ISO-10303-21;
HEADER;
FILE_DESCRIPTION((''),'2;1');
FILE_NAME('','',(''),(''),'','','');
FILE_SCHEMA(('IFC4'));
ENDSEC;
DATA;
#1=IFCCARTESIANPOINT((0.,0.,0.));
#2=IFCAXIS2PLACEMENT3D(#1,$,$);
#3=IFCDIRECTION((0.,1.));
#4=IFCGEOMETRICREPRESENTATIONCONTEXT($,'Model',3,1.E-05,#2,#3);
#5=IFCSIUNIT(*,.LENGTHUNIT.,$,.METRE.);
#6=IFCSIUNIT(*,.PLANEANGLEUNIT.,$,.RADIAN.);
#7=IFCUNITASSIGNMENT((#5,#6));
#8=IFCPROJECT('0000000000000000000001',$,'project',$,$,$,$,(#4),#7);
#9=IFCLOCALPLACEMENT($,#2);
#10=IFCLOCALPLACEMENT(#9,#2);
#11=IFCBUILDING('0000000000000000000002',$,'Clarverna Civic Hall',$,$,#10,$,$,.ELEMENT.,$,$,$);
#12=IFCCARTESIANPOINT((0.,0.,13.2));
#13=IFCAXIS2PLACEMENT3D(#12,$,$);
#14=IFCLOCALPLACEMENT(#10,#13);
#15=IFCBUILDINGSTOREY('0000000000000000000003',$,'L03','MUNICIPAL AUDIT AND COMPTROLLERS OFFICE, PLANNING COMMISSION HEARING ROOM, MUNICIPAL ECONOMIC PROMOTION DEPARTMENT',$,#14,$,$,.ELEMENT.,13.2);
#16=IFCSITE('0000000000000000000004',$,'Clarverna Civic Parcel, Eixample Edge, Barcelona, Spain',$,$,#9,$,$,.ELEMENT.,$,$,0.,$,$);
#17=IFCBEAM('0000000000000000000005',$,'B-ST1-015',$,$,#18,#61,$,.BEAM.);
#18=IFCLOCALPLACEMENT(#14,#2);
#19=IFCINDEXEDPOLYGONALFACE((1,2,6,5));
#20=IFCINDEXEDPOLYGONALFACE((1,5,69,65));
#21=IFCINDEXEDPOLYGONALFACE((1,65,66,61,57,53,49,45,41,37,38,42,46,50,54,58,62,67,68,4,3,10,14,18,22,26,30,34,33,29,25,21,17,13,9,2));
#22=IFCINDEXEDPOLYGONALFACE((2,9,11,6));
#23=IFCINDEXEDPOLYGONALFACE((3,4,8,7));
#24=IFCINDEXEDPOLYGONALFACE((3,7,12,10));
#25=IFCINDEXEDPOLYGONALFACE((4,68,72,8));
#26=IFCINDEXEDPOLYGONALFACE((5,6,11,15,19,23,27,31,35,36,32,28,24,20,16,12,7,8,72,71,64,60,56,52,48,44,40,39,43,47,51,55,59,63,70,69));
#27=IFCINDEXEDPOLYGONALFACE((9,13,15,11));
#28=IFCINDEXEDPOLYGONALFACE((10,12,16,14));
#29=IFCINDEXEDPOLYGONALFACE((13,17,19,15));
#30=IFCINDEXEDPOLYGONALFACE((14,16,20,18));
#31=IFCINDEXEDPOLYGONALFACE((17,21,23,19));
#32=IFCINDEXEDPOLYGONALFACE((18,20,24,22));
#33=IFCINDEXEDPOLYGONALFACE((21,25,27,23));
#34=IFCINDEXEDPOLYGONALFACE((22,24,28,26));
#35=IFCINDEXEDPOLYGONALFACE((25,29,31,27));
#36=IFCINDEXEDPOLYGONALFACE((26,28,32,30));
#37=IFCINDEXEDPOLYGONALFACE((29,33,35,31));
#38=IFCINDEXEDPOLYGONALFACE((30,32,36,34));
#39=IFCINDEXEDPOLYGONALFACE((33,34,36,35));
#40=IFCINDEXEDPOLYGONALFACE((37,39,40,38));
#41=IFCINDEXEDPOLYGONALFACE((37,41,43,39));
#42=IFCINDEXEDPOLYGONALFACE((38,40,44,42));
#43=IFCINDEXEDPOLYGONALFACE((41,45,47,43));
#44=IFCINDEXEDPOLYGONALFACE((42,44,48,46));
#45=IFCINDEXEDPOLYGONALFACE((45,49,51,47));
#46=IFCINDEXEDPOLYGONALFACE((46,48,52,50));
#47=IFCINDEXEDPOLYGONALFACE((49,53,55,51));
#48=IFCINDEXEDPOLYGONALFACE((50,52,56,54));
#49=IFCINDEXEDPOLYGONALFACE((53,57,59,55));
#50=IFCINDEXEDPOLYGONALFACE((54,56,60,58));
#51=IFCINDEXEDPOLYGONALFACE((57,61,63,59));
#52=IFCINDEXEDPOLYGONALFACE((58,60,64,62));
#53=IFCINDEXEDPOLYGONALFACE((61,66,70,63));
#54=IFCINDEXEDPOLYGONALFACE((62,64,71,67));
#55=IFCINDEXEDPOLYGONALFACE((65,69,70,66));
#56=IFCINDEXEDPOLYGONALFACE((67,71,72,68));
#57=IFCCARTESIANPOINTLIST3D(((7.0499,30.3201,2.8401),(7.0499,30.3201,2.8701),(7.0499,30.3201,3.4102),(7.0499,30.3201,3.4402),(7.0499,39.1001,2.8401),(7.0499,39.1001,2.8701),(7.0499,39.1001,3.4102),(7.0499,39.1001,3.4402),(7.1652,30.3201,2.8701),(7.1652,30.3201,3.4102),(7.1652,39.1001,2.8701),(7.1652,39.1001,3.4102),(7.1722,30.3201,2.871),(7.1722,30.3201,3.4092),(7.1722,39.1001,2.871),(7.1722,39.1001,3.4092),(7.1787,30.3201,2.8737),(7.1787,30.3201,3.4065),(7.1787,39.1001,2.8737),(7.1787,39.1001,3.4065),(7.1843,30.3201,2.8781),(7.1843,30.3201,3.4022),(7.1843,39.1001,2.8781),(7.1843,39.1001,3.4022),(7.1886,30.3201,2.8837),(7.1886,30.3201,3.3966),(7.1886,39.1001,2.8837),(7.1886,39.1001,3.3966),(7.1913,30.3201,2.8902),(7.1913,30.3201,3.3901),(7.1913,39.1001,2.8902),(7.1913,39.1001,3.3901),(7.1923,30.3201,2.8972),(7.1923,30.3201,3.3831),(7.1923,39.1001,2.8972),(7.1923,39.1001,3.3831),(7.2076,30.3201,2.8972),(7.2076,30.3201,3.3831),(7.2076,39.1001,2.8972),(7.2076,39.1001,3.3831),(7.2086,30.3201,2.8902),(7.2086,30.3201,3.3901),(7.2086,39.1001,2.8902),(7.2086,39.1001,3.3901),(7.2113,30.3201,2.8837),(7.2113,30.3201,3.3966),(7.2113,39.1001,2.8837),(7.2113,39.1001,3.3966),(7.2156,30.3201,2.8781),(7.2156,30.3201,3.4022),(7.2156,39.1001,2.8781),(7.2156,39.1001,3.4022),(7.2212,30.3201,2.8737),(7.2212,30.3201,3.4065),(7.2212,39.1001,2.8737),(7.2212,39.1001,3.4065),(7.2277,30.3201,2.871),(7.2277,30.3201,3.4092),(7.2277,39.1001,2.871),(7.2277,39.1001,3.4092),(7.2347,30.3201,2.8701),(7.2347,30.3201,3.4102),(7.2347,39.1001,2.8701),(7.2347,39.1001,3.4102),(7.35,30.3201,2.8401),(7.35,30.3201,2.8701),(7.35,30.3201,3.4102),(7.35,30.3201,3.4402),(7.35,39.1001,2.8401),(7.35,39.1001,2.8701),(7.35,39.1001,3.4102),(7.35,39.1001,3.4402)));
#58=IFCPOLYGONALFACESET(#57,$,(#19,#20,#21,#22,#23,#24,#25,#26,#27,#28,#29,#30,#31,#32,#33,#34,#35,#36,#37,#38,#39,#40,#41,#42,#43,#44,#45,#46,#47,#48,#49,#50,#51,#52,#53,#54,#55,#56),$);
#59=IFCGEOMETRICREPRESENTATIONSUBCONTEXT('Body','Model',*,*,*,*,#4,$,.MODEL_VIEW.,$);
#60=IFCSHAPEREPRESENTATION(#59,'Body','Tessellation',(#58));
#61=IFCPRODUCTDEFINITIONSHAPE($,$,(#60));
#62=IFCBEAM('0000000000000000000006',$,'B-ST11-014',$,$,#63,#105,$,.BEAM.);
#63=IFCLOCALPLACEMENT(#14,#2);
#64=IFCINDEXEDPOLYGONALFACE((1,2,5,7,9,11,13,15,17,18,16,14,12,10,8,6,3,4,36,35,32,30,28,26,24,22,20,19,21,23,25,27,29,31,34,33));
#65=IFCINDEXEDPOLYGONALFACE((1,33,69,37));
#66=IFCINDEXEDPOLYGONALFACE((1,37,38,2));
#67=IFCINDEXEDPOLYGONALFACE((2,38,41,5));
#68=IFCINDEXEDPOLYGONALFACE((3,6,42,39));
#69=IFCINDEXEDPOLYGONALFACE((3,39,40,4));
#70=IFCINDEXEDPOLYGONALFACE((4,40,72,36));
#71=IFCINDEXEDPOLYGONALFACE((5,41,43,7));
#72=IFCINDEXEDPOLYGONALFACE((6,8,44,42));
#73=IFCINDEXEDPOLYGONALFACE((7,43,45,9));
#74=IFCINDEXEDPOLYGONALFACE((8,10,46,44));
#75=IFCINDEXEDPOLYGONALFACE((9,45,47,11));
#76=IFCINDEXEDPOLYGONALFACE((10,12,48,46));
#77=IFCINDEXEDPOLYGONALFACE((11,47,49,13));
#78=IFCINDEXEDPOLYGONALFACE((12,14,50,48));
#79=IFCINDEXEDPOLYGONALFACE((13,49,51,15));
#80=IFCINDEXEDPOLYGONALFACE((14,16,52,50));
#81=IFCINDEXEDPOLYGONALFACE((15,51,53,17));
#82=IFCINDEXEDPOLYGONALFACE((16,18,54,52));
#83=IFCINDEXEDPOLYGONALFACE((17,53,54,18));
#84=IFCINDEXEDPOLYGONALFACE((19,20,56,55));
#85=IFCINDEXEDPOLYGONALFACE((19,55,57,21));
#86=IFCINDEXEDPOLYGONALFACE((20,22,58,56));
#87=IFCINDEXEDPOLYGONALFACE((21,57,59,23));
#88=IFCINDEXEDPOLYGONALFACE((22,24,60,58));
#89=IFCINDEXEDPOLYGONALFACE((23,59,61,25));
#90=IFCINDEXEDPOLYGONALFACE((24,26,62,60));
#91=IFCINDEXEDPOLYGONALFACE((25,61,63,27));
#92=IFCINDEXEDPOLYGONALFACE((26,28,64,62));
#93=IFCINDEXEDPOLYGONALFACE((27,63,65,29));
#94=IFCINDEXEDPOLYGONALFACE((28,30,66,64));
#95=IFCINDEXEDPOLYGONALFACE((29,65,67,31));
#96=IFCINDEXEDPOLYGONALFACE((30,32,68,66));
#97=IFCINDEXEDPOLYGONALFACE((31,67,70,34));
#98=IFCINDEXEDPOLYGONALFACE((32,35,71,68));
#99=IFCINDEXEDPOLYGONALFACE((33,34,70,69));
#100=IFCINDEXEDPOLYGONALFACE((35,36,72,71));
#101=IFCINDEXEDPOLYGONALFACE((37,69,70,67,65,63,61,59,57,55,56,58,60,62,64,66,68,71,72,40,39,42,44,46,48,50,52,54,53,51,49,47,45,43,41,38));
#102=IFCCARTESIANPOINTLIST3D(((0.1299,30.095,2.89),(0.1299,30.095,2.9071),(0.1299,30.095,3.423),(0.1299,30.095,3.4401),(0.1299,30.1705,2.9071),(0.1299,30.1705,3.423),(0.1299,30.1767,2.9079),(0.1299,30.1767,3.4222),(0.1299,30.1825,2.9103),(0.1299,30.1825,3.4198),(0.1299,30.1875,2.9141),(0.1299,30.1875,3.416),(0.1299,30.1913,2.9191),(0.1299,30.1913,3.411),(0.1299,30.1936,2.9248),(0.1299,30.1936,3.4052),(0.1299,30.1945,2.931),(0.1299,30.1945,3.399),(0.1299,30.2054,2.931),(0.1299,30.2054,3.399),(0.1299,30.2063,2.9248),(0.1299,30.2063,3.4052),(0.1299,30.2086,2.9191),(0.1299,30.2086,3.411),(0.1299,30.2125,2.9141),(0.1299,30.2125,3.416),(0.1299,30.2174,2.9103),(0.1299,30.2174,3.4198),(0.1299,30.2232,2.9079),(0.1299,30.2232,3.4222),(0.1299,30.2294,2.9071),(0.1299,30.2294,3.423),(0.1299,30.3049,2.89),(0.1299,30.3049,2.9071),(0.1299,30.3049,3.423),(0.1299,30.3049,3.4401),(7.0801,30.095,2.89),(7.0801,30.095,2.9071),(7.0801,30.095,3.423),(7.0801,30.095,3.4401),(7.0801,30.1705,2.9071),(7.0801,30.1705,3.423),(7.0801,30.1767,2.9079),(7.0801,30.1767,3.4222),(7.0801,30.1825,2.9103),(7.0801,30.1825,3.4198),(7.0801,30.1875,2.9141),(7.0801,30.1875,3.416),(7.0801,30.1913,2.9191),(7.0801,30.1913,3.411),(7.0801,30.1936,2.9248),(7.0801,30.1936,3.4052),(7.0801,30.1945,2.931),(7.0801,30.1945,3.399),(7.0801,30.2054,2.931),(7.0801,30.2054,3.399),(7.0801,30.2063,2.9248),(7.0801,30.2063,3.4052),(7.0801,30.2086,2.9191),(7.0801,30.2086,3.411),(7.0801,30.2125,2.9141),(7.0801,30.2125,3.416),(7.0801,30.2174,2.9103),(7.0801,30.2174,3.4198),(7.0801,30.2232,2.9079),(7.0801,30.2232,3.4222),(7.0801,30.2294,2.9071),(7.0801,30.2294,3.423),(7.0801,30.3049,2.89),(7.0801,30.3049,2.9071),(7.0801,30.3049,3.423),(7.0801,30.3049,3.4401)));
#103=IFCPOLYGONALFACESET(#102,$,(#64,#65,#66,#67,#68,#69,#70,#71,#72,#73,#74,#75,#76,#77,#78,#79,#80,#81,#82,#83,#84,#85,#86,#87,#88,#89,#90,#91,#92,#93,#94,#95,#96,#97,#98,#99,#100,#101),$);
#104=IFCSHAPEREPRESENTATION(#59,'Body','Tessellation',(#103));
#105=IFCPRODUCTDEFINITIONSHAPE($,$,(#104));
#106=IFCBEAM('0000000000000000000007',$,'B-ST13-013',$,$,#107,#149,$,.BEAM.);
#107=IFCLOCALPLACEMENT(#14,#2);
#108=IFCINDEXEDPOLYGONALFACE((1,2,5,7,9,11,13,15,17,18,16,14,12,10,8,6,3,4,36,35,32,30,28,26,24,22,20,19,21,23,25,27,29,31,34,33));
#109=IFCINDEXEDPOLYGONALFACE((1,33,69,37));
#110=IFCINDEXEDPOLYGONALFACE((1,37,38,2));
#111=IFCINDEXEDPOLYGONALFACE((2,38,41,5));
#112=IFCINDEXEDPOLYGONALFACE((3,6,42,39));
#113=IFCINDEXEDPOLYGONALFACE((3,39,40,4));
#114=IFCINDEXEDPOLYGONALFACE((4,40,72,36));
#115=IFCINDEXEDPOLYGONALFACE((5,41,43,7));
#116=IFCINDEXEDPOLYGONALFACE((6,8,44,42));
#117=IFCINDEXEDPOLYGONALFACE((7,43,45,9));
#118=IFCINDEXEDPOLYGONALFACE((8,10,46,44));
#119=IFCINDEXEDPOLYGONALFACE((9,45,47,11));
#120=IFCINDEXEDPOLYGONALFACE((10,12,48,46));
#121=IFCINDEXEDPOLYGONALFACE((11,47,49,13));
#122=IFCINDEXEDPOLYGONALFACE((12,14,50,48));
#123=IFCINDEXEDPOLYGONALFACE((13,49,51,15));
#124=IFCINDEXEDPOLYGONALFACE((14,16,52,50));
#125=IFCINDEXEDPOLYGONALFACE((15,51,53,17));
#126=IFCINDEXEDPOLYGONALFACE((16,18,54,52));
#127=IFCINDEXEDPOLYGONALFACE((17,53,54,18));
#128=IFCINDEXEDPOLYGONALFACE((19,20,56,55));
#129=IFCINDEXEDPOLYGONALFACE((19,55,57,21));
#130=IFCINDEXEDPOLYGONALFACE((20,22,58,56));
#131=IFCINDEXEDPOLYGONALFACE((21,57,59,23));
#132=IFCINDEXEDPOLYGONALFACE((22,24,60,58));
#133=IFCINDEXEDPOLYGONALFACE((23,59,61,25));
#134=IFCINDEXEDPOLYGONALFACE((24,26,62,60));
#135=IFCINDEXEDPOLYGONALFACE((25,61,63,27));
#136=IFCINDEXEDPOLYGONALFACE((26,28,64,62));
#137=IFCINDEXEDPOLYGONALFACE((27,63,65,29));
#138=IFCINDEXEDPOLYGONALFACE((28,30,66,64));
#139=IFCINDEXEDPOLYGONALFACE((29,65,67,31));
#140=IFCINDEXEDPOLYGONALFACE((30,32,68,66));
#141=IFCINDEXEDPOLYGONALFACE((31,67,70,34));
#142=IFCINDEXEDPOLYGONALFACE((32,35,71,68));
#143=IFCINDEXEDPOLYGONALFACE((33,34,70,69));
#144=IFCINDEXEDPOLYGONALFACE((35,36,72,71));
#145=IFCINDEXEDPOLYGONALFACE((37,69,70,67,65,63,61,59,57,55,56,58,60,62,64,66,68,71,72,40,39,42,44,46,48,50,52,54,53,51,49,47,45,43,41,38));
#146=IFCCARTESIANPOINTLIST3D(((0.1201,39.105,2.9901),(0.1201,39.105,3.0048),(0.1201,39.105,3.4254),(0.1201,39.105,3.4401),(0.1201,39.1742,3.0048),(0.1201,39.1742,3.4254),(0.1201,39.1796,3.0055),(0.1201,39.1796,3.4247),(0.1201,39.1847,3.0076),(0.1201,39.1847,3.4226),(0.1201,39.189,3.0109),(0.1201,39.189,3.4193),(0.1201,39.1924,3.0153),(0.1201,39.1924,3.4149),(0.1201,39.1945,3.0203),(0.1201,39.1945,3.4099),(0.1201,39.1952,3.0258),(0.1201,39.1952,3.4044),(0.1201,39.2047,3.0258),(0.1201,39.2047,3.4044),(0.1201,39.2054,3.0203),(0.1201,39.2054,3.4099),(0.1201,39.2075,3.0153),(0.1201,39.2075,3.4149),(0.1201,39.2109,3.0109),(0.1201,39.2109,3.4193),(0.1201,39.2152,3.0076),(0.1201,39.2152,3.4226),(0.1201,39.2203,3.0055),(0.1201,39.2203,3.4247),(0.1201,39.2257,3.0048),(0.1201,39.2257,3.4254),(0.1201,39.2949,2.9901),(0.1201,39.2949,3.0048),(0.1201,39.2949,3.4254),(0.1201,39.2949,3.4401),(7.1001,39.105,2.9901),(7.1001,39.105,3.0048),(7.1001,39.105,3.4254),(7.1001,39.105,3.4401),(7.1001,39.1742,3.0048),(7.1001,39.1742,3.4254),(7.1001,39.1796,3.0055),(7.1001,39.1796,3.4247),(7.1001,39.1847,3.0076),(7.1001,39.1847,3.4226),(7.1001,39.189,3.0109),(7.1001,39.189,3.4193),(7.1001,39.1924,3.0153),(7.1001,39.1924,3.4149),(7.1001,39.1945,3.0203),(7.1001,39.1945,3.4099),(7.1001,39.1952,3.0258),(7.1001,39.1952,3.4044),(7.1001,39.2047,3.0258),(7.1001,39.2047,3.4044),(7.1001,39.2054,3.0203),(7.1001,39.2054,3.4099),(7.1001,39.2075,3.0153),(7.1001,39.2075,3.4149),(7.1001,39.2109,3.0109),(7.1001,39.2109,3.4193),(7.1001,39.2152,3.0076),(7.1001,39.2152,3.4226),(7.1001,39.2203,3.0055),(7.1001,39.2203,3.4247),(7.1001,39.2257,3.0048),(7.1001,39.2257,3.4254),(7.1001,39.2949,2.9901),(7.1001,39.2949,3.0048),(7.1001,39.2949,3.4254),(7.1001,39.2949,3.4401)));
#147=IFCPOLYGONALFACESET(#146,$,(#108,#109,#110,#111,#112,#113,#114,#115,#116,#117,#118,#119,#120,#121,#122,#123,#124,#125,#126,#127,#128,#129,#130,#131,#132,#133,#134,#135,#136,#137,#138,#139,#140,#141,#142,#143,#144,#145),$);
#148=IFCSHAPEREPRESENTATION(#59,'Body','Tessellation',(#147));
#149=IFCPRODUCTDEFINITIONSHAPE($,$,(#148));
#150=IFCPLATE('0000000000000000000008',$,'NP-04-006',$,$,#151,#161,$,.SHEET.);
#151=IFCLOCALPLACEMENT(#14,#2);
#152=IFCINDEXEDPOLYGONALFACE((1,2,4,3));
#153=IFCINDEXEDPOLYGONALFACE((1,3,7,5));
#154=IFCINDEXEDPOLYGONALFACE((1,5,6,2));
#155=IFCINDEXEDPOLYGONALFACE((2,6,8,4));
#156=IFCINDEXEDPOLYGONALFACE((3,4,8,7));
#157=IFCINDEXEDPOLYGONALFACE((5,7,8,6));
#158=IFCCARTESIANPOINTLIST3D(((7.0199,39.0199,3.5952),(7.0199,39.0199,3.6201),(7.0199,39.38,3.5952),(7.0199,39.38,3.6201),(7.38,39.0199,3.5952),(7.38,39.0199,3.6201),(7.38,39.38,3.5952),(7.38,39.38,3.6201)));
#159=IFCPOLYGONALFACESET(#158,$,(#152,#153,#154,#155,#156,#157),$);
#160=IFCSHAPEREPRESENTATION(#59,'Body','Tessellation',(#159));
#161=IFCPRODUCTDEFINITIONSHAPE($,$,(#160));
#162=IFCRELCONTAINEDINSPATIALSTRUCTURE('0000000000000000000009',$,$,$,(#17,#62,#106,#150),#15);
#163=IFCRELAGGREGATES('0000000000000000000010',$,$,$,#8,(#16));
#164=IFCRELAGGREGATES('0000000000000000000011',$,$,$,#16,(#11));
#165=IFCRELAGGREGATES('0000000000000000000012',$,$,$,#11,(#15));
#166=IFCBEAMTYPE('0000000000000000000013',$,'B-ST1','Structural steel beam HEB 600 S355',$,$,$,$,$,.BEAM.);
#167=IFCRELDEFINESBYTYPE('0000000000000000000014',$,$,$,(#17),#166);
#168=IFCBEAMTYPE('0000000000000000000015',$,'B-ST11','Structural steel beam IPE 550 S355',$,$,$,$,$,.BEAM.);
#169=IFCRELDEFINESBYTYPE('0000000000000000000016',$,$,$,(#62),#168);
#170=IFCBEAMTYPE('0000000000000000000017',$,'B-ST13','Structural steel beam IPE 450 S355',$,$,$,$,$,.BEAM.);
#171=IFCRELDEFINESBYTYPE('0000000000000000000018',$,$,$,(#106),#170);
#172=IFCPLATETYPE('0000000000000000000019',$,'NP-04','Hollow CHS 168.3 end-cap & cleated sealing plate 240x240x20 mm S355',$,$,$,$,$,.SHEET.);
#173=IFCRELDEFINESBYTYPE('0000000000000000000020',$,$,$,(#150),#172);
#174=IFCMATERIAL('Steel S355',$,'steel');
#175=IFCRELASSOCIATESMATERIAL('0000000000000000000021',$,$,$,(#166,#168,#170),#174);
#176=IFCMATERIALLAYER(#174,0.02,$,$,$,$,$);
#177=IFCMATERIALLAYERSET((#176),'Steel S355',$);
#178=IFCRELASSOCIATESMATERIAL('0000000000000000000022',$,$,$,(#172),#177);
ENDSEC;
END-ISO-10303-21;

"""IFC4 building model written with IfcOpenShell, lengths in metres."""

from ifc_helpers import new_model, si_unit, direction, frame, origin, origin_2d, place, context, subcontext, project, spatial, rectangle, i_section, extrude, material, layer, layer_set, material_profile, profile_set, type_object, element, save


model = new_model("IFC4")

# Units and contexts
model_context = context("Model", 3, precision=1e-05, world=origin(), true_north=direction((0.0, 1.0)))
body_context = subcontext(model_context, "Body", "Model", "MODEL_VIEW")
ifc_project = project(units=[si_unit("LENGTHUNIT", "METRE"), si_unit("PLANEANGLEUNIT", "RADIAN")], contexts=[model_context])

# Site, building, storey
site_placement = place(None, origin())
site = spatial("IfcSite", under=ifc_project, at=site_placement, Name="Clarverna Civic Parcel, Eixample Edge, Barcelona, Spain", CompositionType="ELEMENT", RefElevation=0.0)
building_placement = place(site_placement, origin())
building = spatial("IfcBuilding", under=site, at=building_placement, Name="Clarverna Civic Hall", CompositionType="ELEMENT")
storey_placement = place(building_placement, frame((0.0, 0.0, 13.2)))
storey = spatial("IfcBuildingStorey", under=building, at=storey_placement, Name="L03", Description="MUNICIPAL AUDIT AND COMPTROLLERS OFFICE, PLANNING COMMISSION HEARING ROOM, MUNICIPAL ECONOMIC PROMOTION DEPARTMENT", CompositionType="ELEMENT", Elevation=13.2)

# Shared definitions
ifc_material_1 = material(Name="Steel S355", Category="steel")

# Beams
ifc_material_profile_1 = material_profile(ifc_material_1, i_section(OverallWidth=0.3, OverallDepth=0.6001, WebThickness=0.0154, FlangeThickness=0.03, FilletRadius=0.0271, at=origin_2d()), Name="HEB 600")
ifc_profile_set_1 = profile_set([ifc_material_profile_1], Name="Steel S355")
beam_type_1 = type_object("IfcBeamType", Name="B-ST1", Description="Structural steel beam HEB 600 S355", PredefinedType="BEAM", material=ifc_profile_set_1)
beam_1_placement = place(storey_placement, frame((7.2, 30.3201, 3.1401), z_axis=(0.0, 1.0, 0.0), x_axis=(-1.0, 0.0, 0.0)))
element("IfcBeam", 1, at=beam_1_placement, inside=storey, type_object=beam_type_1, Name="B-ST1-015", PredefinedType="BEAM", context=body_context, shape_type="SweptSolid", body=[
    extrude(i_section(OverallWidth=0.3, OverallDepth=0.6001, WebThickness=0.0154, FlangeThickness=0.03, FilletRadius=0.0271, at=origin_2d()), origin(), (0.0, 0.0, 1.0), 8.78),
])
ifc_material_profile_2 = material_profile(ifc_material_1, i_section(OverallWidth=0.21, OverallDepth=0.55, WebThickness=0.011, FlangeThickness=0.0171, FilletRadius=0.0239, at=origin_2d()), Name="IPE 550")
ifc_profile_set_2 = profile_set([ifc_material_profile_2], Name="Steel S355")
beam_type_2 = type_object("IfcBeamType", Name="B-ST11", Description="Structural steel beam IPE 550 S355", PredefinedType="BEAM", material=ifc_profile_set_2)
beam_2_placement = place(storey_placement, frame((0.1299, 30.2, 3.165), z_axis=(1.0, 0.0, 0.0), x_axis=(0.0, 1.0, 0.0)))
element("IfcBeam", 2, at=beam_2_placement, inside=storey, type_object=beam_type_2, Name="B-ST11-014", PredefinedType="BEAM", context=body_context, shape_type="SweptSolid", body=[
    extrude(i_section(OverallWidth=0.21, OverallDepth=0.55, WebThickness=0.011, FlangeThickness=0.0171, FilletRadius=0.0239, at=origin_2d()), origin(), (0.0, 0.0, 1.0), 6.9502),
])
ifc_material_profile_3 = material_profile(ifc_material_1, i_section(OverallWidth=0.1899, OverallDepth=0.45, WebThickness=0.0095, FlangeThickness=0.0146, FilletRadius=0.021, at=origin_2d()), Name="IPE 450")
ifc_profile_set_3 = profile_set([ifc_material_profile_3], Name="Steel S355")
beam_type_3 = type_object("IfcBeamType", Name="B-ST13", Description="Structural steel beam IPE 450 S355", PredefinedType="BEAM", material=ifc_profile_set_3)
beam_3_placement = place(storey_placement, frame((0.1201, 39.2, 3.2151), z_axis=(1.0, 0.0, 0.0), x_axis=(0.0, 1.0, 0.0)))
element("IfcBeam", 3, at=beam_3_placement, inside=storey, type_object=beam_type_3, Name="B-ST13-013", PredefinedType="BEAM", context=body_context, shape_type="SweptSolid", body=[
    extrude(i_section(OverallWidth=0.1899, OverallDepth=0.45, WebThickness=0.0095, FlangeThickness=0.0146, FilletRadius=0.021, at=origin_2d()), origin(), (0.0, 0.0, 1.0), 6.98),
])

# Plate
ifc_layer_1 = layer(ifc_material_1, 0.02)
ifc_layer_set_1 = layer_set([ifc_layer_1], Name="Steel S355")
plate_type = type_object("IfcPlateType", Name="NP-04", Description="Hollow CHS 168.3 end-cap & cleated sealing plate 240x240x20 mm S355", PredefinedType="SHEET", material=ifc_layer_set_1)
plate_placement = place(storey_placement, frame((7.2, 39.2, 3.5952), z_axis=(0.0, 0.0, 1.0), x_axis=(1.0, 0.0, 0.0)))
element("IfcPlate", 4, at=plate_placement, inside=storey, type_object=plate_type, Name="NP-04-006", PredefinedType="SHEET", context=body_context, shape_type="SweptSolid", body=[
    extrude(rectangle(XDim=0.3601, YDim=0.3601, at=origin_2d()), origin(), (0.0, 0.0, 1.0), 0.0249),
])

save(model, "model.ifc")
